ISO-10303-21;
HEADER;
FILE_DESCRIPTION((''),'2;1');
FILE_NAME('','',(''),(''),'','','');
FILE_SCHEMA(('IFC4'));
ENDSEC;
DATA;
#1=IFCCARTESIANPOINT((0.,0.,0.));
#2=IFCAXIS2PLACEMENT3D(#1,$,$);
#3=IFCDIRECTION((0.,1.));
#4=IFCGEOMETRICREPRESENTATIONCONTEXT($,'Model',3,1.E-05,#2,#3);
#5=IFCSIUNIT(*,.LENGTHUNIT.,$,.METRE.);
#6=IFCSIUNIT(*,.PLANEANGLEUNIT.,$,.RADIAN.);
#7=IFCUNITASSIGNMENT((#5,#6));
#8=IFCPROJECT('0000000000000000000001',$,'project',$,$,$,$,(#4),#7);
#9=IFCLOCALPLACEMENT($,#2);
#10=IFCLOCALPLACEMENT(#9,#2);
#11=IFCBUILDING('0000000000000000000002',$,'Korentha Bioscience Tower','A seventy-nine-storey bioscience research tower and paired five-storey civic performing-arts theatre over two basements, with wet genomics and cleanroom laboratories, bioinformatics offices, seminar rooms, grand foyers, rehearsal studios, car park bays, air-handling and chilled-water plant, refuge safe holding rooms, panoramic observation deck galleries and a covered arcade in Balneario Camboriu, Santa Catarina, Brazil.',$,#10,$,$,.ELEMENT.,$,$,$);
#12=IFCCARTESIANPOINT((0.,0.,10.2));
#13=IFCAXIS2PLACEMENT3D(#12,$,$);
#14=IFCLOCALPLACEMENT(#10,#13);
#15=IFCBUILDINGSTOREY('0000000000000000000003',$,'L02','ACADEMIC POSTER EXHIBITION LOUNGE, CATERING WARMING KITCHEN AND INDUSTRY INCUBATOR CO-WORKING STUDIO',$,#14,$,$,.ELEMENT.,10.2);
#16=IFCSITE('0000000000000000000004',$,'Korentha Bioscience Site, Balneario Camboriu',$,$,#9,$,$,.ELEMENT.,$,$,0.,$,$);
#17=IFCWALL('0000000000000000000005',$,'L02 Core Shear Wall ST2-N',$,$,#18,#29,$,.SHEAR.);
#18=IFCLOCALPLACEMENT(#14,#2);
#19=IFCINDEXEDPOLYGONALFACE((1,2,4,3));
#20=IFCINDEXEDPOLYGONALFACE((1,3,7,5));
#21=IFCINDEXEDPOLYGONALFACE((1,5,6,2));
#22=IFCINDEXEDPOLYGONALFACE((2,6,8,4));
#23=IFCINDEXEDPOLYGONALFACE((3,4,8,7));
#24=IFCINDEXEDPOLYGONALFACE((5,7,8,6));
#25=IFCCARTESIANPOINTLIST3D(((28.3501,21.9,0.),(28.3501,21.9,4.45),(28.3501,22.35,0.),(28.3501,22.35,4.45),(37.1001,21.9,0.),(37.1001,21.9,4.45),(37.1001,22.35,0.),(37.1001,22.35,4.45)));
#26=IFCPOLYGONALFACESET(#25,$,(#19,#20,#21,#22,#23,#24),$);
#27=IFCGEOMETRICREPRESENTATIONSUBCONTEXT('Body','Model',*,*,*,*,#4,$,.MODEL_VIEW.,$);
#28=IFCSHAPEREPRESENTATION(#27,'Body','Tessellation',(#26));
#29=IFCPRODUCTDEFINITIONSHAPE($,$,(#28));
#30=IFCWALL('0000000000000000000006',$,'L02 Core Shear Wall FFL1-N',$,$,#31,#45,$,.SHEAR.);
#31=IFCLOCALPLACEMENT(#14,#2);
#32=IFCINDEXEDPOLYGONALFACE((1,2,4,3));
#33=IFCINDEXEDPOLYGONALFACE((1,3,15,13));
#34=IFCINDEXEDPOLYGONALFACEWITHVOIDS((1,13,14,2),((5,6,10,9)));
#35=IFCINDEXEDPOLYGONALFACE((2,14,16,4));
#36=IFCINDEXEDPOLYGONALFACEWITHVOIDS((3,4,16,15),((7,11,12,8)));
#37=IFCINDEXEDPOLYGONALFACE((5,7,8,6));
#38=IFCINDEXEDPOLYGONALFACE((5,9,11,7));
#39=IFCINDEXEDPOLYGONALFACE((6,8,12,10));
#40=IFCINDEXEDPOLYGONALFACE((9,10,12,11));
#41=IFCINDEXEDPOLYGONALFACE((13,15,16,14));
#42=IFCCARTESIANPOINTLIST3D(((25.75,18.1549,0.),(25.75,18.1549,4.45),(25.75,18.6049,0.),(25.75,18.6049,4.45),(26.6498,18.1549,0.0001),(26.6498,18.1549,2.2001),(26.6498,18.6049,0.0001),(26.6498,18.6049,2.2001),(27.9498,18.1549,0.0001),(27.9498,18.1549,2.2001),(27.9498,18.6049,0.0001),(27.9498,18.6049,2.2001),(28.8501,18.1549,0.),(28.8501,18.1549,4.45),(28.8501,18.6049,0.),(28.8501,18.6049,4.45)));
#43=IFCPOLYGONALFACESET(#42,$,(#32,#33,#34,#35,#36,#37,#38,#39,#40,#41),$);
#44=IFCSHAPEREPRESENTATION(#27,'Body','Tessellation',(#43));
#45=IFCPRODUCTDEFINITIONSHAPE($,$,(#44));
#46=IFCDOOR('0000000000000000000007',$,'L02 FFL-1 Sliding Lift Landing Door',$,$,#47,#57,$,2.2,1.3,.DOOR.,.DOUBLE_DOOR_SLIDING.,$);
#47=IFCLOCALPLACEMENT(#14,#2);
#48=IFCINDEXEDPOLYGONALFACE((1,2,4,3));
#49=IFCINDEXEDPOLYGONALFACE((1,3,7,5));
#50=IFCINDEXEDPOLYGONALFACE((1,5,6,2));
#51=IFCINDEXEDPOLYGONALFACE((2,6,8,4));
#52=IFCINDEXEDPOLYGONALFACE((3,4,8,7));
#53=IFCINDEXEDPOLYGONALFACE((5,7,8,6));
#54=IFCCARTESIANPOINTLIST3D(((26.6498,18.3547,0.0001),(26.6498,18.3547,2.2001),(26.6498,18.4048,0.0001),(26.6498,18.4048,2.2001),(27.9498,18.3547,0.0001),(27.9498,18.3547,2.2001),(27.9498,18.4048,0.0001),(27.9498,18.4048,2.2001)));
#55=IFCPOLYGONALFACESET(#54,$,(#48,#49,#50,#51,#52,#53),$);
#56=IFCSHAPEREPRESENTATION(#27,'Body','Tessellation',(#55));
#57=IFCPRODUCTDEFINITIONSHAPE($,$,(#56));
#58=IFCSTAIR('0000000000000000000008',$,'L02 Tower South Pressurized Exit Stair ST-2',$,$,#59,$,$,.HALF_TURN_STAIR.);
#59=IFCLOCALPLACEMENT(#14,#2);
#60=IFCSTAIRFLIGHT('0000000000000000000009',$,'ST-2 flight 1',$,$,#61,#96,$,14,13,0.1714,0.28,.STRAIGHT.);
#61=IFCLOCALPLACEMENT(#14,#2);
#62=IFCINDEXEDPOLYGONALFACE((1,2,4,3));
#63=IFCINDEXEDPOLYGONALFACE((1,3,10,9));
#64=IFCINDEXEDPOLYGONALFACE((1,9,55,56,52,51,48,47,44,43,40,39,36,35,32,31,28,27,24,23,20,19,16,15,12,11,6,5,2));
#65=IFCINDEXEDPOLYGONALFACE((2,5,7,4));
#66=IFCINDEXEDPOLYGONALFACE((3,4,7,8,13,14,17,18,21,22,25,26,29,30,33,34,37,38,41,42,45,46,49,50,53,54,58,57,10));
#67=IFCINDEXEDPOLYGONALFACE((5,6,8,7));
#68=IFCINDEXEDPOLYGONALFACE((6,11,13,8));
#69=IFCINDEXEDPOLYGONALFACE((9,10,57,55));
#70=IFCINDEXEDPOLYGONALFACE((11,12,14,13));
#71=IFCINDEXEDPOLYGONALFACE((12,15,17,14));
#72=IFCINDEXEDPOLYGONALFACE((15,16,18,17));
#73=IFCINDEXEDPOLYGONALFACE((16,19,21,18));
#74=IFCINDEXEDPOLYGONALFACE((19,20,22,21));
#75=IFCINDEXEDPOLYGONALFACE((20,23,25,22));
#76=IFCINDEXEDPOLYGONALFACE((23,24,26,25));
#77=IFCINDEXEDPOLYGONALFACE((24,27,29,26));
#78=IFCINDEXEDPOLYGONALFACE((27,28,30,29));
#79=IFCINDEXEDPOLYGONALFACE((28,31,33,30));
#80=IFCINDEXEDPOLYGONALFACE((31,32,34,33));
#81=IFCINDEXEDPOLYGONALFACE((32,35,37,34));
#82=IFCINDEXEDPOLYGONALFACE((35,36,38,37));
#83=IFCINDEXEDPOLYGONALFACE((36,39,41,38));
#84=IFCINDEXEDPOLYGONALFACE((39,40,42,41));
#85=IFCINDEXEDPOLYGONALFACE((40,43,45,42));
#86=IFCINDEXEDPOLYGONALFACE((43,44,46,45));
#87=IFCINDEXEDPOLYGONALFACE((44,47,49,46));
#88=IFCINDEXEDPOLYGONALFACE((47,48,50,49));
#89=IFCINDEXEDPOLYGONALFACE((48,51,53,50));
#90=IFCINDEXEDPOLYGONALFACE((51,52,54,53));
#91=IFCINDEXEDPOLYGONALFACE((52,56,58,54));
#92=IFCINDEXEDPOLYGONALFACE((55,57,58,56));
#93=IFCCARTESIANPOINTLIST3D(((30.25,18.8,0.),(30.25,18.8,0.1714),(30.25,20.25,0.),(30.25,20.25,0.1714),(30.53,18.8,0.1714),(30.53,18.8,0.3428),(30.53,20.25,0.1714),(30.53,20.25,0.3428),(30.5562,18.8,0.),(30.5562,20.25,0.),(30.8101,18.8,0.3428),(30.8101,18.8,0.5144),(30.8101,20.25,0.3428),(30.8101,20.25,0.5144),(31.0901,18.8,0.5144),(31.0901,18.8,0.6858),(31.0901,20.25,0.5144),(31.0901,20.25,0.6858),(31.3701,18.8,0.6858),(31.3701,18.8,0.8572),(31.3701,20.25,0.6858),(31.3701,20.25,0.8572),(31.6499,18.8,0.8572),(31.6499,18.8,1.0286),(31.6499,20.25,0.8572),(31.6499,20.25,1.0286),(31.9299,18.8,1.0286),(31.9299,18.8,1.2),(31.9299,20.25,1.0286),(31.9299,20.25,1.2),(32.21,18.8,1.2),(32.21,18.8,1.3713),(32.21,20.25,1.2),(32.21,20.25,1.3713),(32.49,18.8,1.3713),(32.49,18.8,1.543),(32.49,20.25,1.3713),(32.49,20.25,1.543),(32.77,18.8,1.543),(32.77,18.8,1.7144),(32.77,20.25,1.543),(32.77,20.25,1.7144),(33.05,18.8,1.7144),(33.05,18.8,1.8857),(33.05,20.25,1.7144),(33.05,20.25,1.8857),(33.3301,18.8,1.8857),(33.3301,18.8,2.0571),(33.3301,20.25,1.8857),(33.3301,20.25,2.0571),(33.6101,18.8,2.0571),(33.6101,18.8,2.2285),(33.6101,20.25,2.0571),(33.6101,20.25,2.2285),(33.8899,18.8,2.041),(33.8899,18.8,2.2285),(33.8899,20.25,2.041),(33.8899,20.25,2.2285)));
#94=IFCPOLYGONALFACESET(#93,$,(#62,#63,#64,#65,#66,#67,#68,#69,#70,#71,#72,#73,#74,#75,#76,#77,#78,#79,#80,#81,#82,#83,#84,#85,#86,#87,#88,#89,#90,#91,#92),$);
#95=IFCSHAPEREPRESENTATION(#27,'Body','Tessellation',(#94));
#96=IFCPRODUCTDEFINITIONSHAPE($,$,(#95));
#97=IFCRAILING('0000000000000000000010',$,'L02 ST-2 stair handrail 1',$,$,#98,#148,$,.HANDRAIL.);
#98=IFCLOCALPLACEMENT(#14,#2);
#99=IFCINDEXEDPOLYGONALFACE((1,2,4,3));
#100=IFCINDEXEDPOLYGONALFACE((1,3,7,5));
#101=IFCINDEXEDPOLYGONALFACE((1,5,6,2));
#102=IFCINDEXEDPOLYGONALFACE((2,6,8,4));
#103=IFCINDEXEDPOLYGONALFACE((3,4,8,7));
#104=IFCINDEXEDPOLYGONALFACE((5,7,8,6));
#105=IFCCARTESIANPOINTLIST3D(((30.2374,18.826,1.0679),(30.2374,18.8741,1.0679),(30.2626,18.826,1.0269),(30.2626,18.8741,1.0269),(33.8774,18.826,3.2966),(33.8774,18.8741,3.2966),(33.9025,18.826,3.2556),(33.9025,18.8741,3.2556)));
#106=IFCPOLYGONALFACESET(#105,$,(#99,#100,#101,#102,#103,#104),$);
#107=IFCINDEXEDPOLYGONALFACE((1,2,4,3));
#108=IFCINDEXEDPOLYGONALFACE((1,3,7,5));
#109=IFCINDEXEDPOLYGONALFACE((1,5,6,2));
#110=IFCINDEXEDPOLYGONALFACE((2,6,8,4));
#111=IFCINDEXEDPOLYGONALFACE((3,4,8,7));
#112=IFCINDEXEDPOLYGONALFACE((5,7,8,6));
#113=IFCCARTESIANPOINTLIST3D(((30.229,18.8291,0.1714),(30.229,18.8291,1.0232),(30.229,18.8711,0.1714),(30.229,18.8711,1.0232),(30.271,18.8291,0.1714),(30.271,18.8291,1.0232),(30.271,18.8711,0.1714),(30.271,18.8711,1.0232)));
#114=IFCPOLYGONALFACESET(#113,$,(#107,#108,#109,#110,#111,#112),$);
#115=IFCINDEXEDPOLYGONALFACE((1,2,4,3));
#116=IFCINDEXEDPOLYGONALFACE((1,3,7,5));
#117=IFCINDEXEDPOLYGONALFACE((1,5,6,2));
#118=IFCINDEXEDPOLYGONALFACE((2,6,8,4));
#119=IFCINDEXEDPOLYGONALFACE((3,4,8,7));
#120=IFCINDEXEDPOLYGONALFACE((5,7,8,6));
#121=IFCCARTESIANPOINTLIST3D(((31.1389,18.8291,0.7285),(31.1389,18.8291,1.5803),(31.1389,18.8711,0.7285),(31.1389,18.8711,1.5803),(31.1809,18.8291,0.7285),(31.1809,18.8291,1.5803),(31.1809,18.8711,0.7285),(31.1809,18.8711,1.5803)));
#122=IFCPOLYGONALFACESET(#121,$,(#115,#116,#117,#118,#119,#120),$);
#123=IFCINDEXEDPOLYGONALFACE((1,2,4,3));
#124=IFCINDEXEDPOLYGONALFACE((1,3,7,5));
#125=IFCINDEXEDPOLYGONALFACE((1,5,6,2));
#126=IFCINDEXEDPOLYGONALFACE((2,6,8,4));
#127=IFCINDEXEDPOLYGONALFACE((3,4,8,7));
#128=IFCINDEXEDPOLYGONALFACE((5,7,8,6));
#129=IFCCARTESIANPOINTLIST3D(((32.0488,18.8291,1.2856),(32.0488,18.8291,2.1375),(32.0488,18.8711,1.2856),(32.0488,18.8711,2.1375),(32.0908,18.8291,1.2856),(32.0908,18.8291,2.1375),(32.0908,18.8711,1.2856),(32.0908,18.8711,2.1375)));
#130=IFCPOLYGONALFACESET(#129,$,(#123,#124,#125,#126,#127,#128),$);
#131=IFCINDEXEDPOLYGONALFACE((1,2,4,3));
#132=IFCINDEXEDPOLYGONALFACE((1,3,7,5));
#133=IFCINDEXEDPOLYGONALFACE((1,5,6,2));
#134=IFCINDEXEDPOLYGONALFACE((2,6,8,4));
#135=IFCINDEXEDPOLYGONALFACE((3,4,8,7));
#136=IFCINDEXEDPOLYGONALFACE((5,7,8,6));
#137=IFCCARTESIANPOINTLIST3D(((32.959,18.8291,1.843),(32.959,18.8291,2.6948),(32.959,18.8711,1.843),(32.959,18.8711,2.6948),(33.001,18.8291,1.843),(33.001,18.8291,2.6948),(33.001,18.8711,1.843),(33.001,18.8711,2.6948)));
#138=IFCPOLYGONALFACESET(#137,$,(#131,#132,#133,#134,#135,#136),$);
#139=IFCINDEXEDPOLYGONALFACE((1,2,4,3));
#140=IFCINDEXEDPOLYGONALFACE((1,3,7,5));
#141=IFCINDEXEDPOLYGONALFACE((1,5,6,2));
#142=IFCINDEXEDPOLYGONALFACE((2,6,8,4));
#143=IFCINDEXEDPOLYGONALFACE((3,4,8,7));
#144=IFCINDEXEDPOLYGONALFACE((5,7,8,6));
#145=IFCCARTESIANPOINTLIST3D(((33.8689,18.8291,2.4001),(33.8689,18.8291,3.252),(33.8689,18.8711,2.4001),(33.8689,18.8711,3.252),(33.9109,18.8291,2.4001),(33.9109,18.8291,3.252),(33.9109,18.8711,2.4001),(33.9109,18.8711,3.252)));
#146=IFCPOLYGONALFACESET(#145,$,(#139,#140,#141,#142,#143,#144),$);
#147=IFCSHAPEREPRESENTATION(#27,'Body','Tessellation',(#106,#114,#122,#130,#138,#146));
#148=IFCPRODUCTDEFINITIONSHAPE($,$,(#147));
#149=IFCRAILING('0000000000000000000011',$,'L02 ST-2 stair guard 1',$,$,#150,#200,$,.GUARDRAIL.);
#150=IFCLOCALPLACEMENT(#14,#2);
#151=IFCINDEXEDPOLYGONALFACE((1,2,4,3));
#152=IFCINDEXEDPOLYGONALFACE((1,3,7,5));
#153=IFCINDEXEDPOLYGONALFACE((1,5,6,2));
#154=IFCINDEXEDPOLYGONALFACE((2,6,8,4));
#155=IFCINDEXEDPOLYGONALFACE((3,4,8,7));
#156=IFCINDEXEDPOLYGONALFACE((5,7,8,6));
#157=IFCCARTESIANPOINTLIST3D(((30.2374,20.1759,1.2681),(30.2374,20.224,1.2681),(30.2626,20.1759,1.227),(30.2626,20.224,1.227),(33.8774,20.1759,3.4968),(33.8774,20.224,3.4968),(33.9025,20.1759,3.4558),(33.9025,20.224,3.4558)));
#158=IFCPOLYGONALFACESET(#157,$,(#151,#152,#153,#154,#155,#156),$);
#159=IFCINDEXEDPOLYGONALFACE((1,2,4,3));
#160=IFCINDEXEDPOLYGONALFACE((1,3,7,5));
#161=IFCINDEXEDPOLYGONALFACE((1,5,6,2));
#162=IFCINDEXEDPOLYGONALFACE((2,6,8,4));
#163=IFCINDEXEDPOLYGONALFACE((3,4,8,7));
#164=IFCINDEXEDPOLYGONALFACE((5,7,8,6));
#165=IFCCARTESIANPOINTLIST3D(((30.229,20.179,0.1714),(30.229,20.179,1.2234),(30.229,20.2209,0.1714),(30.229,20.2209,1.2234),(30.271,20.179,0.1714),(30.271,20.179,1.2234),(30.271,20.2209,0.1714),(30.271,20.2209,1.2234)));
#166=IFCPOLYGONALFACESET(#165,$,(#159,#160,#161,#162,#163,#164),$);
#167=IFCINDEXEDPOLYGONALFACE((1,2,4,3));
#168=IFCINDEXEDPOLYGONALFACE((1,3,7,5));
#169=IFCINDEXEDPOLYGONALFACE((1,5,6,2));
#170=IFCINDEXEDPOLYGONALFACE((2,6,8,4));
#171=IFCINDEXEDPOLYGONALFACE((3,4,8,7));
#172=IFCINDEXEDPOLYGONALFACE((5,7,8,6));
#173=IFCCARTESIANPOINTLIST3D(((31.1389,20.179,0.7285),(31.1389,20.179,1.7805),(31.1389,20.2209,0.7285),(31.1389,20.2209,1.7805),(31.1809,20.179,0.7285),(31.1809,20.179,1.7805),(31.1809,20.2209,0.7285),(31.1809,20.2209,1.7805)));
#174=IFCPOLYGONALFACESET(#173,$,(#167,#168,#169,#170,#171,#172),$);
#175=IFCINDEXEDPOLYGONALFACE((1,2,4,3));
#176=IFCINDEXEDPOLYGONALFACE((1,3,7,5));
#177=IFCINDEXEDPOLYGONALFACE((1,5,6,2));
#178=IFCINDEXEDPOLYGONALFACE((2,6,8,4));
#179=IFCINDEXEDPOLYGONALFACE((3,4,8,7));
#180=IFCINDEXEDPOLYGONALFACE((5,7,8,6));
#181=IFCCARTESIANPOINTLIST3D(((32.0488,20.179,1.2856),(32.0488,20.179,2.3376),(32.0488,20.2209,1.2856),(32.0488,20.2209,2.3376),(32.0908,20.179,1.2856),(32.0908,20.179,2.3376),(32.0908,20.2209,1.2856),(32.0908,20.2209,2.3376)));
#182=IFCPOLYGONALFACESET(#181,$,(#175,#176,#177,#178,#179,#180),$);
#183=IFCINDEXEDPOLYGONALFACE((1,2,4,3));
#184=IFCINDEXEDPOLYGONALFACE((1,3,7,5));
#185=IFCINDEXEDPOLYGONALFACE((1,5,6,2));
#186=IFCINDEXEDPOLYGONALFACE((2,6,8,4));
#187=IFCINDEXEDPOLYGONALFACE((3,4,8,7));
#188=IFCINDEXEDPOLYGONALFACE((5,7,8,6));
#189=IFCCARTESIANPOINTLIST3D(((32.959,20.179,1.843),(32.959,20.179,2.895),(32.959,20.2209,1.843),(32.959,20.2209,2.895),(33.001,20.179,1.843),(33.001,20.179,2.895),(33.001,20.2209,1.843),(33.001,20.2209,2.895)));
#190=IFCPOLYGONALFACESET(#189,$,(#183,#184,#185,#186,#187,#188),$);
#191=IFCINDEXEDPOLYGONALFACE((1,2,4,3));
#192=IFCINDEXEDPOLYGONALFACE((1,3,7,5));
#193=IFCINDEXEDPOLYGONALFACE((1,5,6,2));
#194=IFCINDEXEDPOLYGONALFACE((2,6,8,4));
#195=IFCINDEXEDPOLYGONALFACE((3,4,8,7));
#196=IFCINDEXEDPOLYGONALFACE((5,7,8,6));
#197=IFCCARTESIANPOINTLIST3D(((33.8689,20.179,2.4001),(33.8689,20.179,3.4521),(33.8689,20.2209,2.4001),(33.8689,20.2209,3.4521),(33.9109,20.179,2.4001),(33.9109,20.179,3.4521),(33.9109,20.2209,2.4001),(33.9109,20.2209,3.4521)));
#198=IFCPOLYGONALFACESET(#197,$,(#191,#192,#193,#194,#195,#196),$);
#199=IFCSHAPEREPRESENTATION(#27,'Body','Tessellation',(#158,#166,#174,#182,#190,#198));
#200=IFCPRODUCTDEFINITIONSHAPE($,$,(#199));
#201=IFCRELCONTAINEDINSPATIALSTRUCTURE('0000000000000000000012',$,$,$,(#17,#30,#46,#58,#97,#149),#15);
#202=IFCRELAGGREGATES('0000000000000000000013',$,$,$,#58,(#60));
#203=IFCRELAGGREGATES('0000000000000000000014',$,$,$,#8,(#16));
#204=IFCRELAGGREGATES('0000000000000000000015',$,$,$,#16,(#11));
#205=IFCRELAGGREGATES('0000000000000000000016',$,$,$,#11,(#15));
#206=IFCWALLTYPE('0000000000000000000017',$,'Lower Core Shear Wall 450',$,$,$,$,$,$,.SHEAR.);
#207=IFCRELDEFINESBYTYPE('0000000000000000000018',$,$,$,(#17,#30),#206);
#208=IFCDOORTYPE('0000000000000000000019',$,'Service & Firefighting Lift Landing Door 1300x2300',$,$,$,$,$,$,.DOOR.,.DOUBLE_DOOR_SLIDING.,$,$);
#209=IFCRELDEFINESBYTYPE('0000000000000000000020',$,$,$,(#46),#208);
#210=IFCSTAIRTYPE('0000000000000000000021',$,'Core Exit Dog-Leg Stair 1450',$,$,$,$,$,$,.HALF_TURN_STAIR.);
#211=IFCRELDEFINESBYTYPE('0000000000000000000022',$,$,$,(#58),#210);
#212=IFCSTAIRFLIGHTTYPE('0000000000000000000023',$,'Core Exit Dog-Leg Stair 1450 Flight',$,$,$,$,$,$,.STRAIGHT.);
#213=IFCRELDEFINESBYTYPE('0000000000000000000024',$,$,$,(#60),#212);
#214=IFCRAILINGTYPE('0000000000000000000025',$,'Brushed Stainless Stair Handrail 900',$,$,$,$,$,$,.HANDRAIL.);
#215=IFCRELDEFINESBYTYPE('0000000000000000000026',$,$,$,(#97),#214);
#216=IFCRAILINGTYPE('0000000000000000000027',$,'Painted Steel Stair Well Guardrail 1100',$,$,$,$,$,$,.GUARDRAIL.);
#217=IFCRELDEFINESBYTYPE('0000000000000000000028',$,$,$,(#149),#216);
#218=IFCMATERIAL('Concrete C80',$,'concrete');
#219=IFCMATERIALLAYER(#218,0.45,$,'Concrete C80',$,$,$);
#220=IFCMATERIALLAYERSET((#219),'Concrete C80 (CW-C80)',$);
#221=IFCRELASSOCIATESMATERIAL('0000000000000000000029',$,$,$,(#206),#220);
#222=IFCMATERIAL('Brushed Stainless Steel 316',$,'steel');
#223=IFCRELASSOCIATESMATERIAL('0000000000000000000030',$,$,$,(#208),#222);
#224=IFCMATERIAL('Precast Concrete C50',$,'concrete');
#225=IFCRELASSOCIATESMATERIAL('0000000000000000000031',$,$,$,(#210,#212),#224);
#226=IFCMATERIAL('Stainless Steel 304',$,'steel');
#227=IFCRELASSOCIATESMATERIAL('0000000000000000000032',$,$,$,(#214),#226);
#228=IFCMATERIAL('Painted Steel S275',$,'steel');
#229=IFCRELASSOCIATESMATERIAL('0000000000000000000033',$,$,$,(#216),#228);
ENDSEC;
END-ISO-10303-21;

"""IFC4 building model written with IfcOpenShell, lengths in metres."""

from ifc_helpers import new_model, si_unit, direction, frame, frame_2d, origin, origin_2d, place, context, subcontext, project, spatial, polyline, rectangle, outline, extrude, material, layer, layer_set, type_object, element, fill, aggregate, save


model = new_model("IFC4")

# Units and contexts
model_context = context("Model", 3, precision=1e-05, world=origin(), true_north=direction((0.0, 1.0)))
body_context = subcontext(model_context, "Body", "Model", "MODEL_VIEW")
ifc_project = project(units=[si_unit("LENGTHUNIT", "METRE"), si_unit("PLANEANGLEUNIT", "RADIAN")], contexts=[model_context])

# Site, building, storey
site_placement = place(None, origin())
site = spatial("IfcSite", under=ifc_project, at=site_placement, Name="Korentha Bioscience Site, Balneario Camboriu", CompositionType="ELEMENT", RefElevation=0.0)
building_placement = place(site_placement, origin())
building = spatial("IfcBuilding", under=site, at=building_placement, Name="Korentha Bioscience Tower", Description="A seventy-nine-storey bioscience research tower and paired five-storey civic performing-arts theatre over two basements, with wet genomics and cleanroom laboratories, bioinformatics offices, seminar rooms, grand foyers, rehearsal studios, car park bays, air-handling and chilled-water plant, refuge safe holding rooms, panoramic observation deck galleries and a covered arcade in Balneario Camboriu, Santa Catarina, Brazil.", CompositionType="ELEMENT")
storey_placement = place(building_placement, frame((0.0, 0.0, 10.2)))
storey = spatial("IfcBuildingStorey", under=building, at=storey_placement, Name="L02", Description="ACADEMIC POSTER EXHIBITION LOUNGE, CATERING WARMING KITCHEN AND INDUSTRY INCUBATOR CO-WORKING STUDIO", CompositionType="ELEMENT", Elevation=10.2)

# Wall
ifc_material_1 = material(Name="Concrete C80", Category="concrete")
ifc_layer_1 = layer(ifc_material_1, 0.45, Name="Concrete C80")
ifc_layer_set_1 = layer_set([ifc_layer_1], Name="Concrete C80 (CW-C80)")
wall_type_1 = type_object("IfcWallType", Name="Lower Core Shear Wall 450", PredefinedType="SHEAR", material=ifc_layer_set_1)
wall_1_placement = place(storey_placement, frame((28.3501, 22.125, 0.0), z_axis=(0.0, 0.0, 1.0), x_axis=(1.0, 0.0, 0.0)))
element("IfcWall", 1, at=wall_1_placement, inside=storey, type_object=wall_type_1, Name="L02 Core Shear Wall ST2-N", PredefinedType="SHEAR", context=body_context, shape_type="SweptSolid", body=[
    extrude(rectangle(XDim=8.75, YDim=0.45, at=frame_2d((4.375, 0.0))), origin(), (0.0, 0.0, 1.0), 4.45),
])

# Wall, opening, door
wall_2_placement = place(storey_placement, frame((25.75, 18.3799, 0.0), z_axis=(0.0, 0.0, 1.0), x_axis=(1.0, 0.0, 0.0)))
wall_2 = element("IfcWall", 2, at=wall_2_placement, inside=storey, type_object=wall_type_1, Name="L02 Core Shear Wall FFL1-N", PredefinedType="SHEAR", context=body_context, shape_type="SweptSolid", body=[
    extrude(rectangle(XDim=3.1001, YDim=0.45, at=frame_2d((1.55, 0.0))), origin(), (0.0, 0.0, 1.0), 4.45),
])
opening_1_placement = place(wall_2_placement, frame((0.8999, 0.0, 0.0)))
opening_1 = element("IfcOpeningElement", 3, at=opening_1_placement, cuts=wall_2, PredefinedType="OPENING", context=body_context, shape_type="SweptSolid", body=[
    extrude(rectangle(XDim=1.3, YDim=2.2, at=frame_2d((0.6499, 1.1001))), frame((0.0, 0.2397, 0.0), z_axis=(0.0, -1.0, 0.0), x_axis=(1.0, 0.0, 0.0)), (0.0, 0.0, 1.0), 0.4797),
])
ifc_material_2 = material(Name="Brushed Stainless Steel 316", Category="steel")
door_type_1 = type_object("IfcDoorType", Name="Service & Firefighting Lift Landing Door 1300x2300", OperationType="DOUBLE_DOOR_SLIDING", PredefinedType="DOOR", material=ifc_material_2)
door_1_placement = place(opening_1_placement, origin())
door_1 = element("IfcDoor", 4, at=door_1_placement, inside=storey, type_object=door_type_1, Name="L02 FFL-1 Sliding Lift Landing Door", OperationType="DOUBLE_DOOR_SLIDING", OverallHeight=2.2, OverallWidth=1.3, PredefinedType="DOOR", context=body_context, shape_type="SweptSolid", body=[
    extrude(rectangle(XDim=1.3, YDim=2.2, at=frame_2d((0.6499, 1.1001))), frame((0.0, 0.0249, 0.0), z_axis=(0.0, -1.0, 0.0), x_axis=(1.0, 0.0, 0.0)), (0.0, 0.0, 1.0), 0.05),
])
fill(opening_1, door_1)

# Stair, stair flight
ifc_material_3 = material(Name="Precast Concrete C50", Category="concrete")
stair_type = type_object("IfcStairType", Name="Core Exit Dog-Leg Stair 1450", PredefinedType="HALF_TURN_STAIR", material=ifc_material_3)
stair_placement = place(storey_placement, origin())
stair = element("IfcStair", 5, at=stair_placement, inside=storey, type_object=stair_type, Name="L02 Tower South Pressurized Exit Stair ST-2", PredefinedType="HALF_TURN_STAIR")
stair_flight_type = type_object("IfcStairFlightType", Name="Core Exit Dog-Leg Stair 1450 Flight", PredefinedType="STRAIGHT", material=ifc_material_3)
stair_flight_placement = place(storey_placement, frame((30.25, 19.5249, 0.0), z_axis=(0.0, 0.0, 1.0), x_axis=(1.0, 0.0, 0.0)))
stair_flight = element("IfcStairFlight", 6, at=stair_flight_placement, type_object=stair_flight_type, Name="ST-2 flight 1", NumberOfRisers=14, NumberOfTreads=13, PredefinedType="STRAIGHT", RiserHeight=0.1714, TreadLength=0.28, context=body_context, shape_type="SweptSolid", body=[
    extrude(outline(polyline([(0.0, 0.0), (0.0, 0.1714), (0.28, 0.1714), (0.28, 0.3428), (0.5601, 0.3428), (0.5601, 0.5144), (0.8401, 0.5144), (0.8401, 0.6858), (1.1201, 0.6858), (1.1201, 0.8572), (1.3999, 0.8572), (1.3999, 1.0286), (1.6799, 1.0286), (1.6799, 1.2), (1.96, 1.2), (1.96, 1.3713), (2.24, 1.3713), (2.24, 1.543), (2.52, 1.543), (2.52, 1.7144), (2.8, 1.7144), (2.8, 1.8857), (3.0801, 1.8857), (3.0801, 2.0571), (3.3601, 2.0571), (3.3601, 2.2285), (3.6399, 2.2285), (3.6399, 2.3999), (3.6399, 2.041), (0.3062, 0.0), (0.0, 0.0)])), frame((0.0, 0.7251, 0.0), z_axis=(0.0, -1.0, 0.0), x_axis=(1.0, 0.0, 0.0)), (0.0, 0.0, 1.0), 1.45),
])
aggregate(stair, [stair_flight])

# Railings
ifc_material_4 = material(Name="Stainless Steel 304", Category="steel")
railing_type_1 = type_object("IfcRailingType", Name="Brushed Stainless Stair Handrail 900", PredefinedType="HANDRAIL", material=ifc_material_4)
railing_1_placement = place(storey_placement, frame((30.25, 18.8501, 0.1714)))
element("IfcRailing", 7, at=railing_1_placement, inside=storey, type_object=railing_type_1, Name="L02 ST-2 stair handrail 1", PredefinedType="HANDRAIL", context=body_context, shape_type="SweptSolid", body=[
    extrude(rectangle(XDim=0.0481, YDim=0.0481, at=origin_2d()), frame((0.0, 0.0, 0.876), z_axis=(0.852825, 0.0, 0.522197), x_axis=(0.0, 1.0, 0.0)), (0.0, 0.0, 1.0), 4.2681),
    extrude(rectangle(XDim=0.042, YDim=0.042, at=origin_2d()), origin(), (0.0, 0.0, 1.0), 0.8518),
    extrude(rectangle(XDim=0.042, YDim=0.042, at=origin_2d()), frame((0.9099, 0.0, 0.5571)), (0.0, 0.0, 1.0), 0.8518),
    extrude(rectangle(XDim=0.042, YDim=0.042, at=origin_2d()), frame((1.8198, 0.0, 1.1143)), (0.0, 0.0, 1.0), 0.8518),
    extrude(rectangle(XDim=0.042, YDim=0.042, at=origin_2d()), frame((2.73, 0.0, 1.6716)), (0.0, 0.0, 1.0), 0.8518),
    extrude(rectangle(XDim=0.042, YDim=0.042, at=origin_2d()), frame((3.6399, 0.0, 2.2288)), (0.0, 0.0, 1.0), 0.8518),
])
ifc_material_5 = material(Name="Painted Steel S275", Category="steel")
railing_type_2 = type_object("IfcRailingType", Name="Painted Steel Stair Well Guardrail 1100", PredefinedType="GUARDRAIL", material=ifc_material_5)
railing_2_placement = place(storey_placement, frame((30.25, 20.2, 0.1714)))
element("IfcRailing", 8, at=railing_2_placement, inside=storey, type_object=railing_type_2, Name="L02 ST-2 stair guard 1", PredefinedType="GUARDRAIL", context=body_context, shape_type="SweptSolid", body=[
    extrude(rectangle(XDim=0.0481, YDim=0.0481, at=origin_2d()), frame((0.0, 0.0, 1.0762), z_axis=(0.852825, 0.0, 0.522197), x_axis=(0.0, 1.0, 0.0)), (0.0, 0.0, 1.0), 4.2681),
    extrude(rectangle(XDim=0.042, YDim=0.042, at=origin_2d()), origin(), (0.0, 0.0, 1.0), 1.052),
    extrude(rectangle(XDim=0.042, YDim=0.042, at=origin_2d()), frame((0.9099, 0.0, 0.5571)), (0.0, 0.0, 1.0), 1.052),
    extrude(rectangle(XDim=0.042, YDim=0.042, at=origin_2d()), frame((1.8198, 0.0, 1.1143)), (0.0, 0.0, 1.0), 1.052),
    extrude(rectangle(XDim=0.042, YDim=0.042, at=origin_2d()), frame((2.73, 0.0, 1.6716)), (0.0, 0.0, 1.0), 1.052),
    extrude(rectangle(XDim=0.042, YDim=0.042, at=origin_2d()), frame((3.6399, 0.0, 2.2288)), (0.0, 0.0, 1.0), 1.052),
])

save(model, "model.ifc")
